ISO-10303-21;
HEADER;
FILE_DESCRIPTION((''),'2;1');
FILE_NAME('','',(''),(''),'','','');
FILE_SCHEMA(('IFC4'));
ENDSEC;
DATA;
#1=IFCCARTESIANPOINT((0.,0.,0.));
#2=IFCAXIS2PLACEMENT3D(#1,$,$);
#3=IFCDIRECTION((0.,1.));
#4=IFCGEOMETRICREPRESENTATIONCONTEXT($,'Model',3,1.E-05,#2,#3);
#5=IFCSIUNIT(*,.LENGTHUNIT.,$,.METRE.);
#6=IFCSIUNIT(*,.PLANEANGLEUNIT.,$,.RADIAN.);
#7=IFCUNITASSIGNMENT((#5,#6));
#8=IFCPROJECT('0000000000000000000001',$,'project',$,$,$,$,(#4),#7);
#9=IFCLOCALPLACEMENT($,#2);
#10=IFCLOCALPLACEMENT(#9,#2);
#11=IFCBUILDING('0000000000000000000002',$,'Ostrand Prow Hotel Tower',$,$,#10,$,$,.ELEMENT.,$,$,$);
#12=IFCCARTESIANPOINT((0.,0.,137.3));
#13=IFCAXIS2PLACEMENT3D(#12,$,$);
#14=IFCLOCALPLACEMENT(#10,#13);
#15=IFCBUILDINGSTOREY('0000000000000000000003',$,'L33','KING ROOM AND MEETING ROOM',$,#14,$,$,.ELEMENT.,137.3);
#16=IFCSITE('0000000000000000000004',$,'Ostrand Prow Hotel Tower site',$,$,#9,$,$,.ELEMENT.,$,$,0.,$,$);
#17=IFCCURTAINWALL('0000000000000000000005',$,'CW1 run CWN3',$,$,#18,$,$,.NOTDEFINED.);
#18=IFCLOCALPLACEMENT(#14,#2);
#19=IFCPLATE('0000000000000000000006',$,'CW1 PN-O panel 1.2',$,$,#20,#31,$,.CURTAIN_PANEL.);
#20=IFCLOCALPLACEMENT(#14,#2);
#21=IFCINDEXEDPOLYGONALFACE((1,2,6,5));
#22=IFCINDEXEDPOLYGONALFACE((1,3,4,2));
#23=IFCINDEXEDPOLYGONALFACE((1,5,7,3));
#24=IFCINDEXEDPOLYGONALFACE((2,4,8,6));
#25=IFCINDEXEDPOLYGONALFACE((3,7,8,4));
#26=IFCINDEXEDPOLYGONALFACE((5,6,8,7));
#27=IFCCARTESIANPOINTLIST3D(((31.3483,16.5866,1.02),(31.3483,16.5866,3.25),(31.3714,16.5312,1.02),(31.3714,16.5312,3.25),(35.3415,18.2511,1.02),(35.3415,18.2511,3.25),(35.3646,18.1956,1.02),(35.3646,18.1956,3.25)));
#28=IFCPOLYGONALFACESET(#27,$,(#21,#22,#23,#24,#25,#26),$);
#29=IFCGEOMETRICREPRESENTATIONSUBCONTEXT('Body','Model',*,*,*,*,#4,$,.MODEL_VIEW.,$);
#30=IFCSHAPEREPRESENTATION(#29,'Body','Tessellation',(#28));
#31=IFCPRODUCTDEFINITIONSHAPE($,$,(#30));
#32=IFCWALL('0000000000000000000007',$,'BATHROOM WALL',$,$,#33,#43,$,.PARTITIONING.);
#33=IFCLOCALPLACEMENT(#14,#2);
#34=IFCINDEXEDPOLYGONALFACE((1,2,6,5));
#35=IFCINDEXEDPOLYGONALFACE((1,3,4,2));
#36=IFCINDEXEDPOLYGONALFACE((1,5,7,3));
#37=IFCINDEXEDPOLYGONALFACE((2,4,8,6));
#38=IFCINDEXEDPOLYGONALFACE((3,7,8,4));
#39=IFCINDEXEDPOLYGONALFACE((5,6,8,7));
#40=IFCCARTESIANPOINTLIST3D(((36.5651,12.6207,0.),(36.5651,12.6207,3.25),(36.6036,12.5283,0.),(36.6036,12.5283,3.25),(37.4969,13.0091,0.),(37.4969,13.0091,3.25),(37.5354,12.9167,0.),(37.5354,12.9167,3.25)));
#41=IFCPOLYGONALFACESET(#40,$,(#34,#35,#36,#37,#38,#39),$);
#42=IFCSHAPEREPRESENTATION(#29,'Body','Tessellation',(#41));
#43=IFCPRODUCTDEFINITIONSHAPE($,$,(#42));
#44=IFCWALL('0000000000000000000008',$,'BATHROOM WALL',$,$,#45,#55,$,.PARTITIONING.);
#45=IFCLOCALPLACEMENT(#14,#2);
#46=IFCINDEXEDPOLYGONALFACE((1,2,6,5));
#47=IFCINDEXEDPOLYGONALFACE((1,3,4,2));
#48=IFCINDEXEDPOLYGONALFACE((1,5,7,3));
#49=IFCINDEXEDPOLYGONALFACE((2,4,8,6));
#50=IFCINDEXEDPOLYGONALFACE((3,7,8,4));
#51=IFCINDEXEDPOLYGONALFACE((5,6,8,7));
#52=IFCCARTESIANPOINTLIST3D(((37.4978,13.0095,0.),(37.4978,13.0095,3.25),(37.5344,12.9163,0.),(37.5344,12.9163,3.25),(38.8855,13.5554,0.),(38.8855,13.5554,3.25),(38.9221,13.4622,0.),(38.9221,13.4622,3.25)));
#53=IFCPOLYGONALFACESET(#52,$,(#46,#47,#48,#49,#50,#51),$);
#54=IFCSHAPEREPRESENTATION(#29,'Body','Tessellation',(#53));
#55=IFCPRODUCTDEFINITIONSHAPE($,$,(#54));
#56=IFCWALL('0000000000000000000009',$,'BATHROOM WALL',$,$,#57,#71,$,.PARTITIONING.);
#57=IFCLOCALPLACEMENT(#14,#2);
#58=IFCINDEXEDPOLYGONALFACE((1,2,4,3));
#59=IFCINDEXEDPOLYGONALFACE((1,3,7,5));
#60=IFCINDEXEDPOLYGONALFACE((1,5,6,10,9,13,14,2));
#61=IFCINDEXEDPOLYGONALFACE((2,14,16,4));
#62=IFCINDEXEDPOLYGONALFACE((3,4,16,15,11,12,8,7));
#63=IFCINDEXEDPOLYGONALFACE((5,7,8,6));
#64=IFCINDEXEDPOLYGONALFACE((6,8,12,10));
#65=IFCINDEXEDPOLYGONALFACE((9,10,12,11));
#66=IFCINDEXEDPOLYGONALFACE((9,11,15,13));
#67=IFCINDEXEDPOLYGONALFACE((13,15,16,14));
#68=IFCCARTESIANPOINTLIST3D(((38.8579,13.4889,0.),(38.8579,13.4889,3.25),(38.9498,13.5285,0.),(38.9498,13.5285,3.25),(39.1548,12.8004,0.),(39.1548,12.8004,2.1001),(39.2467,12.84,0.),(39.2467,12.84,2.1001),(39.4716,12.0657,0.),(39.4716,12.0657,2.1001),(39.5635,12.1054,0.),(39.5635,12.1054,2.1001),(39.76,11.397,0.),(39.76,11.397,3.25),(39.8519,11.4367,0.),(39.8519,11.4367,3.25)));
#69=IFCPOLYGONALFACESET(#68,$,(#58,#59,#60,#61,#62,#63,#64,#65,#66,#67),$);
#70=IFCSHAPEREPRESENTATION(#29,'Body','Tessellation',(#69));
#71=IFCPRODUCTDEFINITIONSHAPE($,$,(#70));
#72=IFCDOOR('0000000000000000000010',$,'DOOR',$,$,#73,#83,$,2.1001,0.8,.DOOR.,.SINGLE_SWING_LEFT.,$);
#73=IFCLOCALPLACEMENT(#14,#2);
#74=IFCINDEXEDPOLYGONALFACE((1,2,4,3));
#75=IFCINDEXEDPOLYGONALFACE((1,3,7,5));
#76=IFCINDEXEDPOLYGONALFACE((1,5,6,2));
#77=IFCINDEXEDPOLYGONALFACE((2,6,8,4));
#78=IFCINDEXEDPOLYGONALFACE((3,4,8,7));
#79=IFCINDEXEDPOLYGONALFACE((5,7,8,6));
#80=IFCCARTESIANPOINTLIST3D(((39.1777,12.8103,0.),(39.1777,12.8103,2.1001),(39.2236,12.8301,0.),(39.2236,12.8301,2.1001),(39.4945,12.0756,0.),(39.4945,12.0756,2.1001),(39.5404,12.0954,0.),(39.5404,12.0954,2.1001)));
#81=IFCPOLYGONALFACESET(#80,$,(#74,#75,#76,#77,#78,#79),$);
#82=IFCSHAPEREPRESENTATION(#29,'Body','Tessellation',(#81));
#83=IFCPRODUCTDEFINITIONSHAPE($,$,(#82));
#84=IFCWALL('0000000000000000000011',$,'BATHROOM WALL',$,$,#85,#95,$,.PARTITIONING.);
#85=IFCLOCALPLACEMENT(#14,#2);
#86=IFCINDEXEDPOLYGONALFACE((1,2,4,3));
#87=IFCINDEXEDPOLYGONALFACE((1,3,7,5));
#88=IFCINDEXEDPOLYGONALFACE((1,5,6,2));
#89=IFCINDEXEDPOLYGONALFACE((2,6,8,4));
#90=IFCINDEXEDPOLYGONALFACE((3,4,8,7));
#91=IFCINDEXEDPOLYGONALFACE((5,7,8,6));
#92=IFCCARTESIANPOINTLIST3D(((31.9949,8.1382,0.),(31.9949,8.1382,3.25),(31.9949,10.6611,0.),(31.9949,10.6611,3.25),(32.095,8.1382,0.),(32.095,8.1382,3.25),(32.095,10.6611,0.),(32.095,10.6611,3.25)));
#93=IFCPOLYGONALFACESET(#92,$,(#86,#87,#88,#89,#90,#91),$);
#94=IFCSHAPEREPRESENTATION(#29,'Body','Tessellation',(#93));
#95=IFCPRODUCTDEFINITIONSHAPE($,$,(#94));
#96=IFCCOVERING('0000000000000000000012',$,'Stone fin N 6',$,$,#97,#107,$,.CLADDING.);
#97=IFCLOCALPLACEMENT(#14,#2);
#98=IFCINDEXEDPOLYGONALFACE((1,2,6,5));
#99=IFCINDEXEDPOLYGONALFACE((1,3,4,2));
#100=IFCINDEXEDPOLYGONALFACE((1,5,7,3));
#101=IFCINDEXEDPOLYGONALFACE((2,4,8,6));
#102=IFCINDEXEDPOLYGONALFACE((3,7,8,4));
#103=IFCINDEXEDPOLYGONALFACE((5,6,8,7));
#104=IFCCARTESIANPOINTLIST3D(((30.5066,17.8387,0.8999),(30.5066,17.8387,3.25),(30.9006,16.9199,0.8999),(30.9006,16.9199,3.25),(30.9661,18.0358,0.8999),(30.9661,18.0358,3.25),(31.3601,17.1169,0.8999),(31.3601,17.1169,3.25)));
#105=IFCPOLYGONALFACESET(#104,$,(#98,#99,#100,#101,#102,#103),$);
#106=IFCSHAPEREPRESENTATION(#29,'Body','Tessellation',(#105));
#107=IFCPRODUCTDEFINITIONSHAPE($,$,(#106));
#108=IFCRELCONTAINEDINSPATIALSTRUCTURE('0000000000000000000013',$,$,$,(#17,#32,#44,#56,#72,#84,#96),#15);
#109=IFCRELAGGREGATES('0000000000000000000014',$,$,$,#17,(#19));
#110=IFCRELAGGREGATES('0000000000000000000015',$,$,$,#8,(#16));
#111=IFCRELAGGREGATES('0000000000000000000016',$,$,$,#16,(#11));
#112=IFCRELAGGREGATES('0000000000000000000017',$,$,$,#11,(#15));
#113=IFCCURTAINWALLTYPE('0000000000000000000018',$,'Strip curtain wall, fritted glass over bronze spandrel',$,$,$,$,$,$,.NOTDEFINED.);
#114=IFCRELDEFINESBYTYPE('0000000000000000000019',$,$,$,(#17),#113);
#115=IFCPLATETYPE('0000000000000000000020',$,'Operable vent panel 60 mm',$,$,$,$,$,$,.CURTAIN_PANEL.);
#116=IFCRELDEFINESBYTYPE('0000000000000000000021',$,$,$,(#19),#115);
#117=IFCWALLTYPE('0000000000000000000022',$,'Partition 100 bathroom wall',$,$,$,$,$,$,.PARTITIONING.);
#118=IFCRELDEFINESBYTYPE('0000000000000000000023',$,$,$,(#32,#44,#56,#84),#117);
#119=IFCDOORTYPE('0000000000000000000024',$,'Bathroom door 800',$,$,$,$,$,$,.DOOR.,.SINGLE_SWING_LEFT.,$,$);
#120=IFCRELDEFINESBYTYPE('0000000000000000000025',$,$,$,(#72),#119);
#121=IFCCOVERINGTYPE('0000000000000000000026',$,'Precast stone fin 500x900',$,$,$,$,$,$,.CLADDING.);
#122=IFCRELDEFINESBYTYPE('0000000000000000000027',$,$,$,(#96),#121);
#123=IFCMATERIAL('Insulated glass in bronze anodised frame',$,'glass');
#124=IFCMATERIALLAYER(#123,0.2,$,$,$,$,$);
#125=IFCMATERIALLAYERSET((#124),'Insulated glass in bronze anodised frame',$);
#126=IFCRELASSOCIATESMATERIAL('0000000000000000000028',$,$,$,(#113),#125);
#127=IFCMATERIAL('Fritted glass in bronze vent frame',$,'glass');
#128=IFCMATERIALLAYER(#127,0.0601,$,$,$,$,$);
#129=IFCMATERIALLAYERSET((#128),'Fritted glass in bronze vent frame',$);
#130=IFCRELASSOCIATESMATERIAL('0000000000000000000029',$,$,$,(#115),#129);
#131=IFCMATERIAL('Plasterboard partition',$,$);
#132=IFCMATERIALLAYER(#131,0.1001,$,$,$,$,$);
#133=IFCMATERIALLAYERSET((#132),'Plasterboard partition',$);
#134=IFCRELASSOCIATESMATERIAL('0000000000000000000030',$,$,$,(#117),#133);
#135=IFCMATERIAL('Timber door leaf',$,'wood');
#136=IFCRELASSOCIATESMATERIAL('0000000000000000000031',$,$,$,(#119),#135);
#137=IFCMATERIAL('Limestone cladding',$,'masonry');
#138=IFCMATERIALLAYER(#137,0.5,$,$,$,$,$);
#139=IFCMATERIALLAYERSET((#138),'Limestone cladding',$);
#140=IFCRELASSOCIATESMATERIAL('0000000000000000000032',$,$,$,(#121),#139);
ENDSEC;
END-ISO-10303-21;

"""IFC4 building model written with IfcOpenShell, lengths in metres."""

from ifc_helpers import new_model, si_unit, direction, frame, frame_2d, origin, origin_2d, place, context, subcontext, project, spatial, rectangle, extrude, material, layer, layer_set, type_object, element, fill, aggregate, save


model = new_model("IFC4")

# Units and contexts
model_context = context("Model", 3, precision=1e-05, world=origin(), true_north=direction((0.0, 1.0)))
body_context = subcontext(model_context, "Body", "Model", "MODEL_VIEW")
ifc_project = project(units=[si_unit("LENGTHUNIT", "METRE"), si_unit("PLANEANGLEUNIT", "RADIAN")], contexts=[model_context])

# Site, building, storey
site_placement = place(None, origin())
site = spatial("IfcSite", under=ifc_project, at=site_placement, Name="Ostrand Prow Hotel Tower site", CompositionType="ELEMENT", RefElevation=0.0)
building_placement = place(site_placement, origin())
building = spatial("IfcBuilding", under=site, at=building_placement, Name="Ostrand Prow Hotel Tower", CompositionType="ELEMENT")
storey_placement = place(building_placement, frame((0.0, 0.0, 137.3)))
storey = spatial("IfcBuildingStorey", under=building, at=storey_placement, Name="L33", Description="KING ROOM AND MEETING ROOM", CompositionType="ELEMENT", Elevation=137.3)

# Shared definitions
ifc_material_1 = material(Name="Insulated glass in bronze anodised frame", Category="glass")
ifc_layer_1 = layer(ifc_material_1, 0.2)
ifc_layer_set_1 = layer_set([ifc_layer_1], Name="Insulated glass in bronze anodised frame")
curtain_wall_type = type_object("IfcCurtainWallType", Name="Strip curtain wall, fritted glass over bronze spandrel", PredefinedType="NOTDEFINED", material=ifc_layer_set_1)

# Curtain wall
curtain_wall_1_placement = place(storey_placement, origin())
curtain_wall_1 = element("IfcCurtainWall", 1, at=curtain_wall_1_placement, inside=storey, type_object=curtain_wall_type, Name="CW1 run CWN3", PredefinedType="NOTDEFINED")

# Plate
ifc_material_2 = material(Name="Fritted glass in bronze vent frame", Category="glass")
ifc_layer_2 = layer(ifc_material_2, 0.0601)
ifc_layer_set_2 = layer_set([ifc_layer_2], Name="Fritted glass in bronze vent frame")
plate_type_1 = type_object("IfcPlateType", Name="Operable vent panel 60 mm", PredefinedType="CURTAIN_PANEL", material=ifc_layer_set_2)
plate_1_placement = place(storey_placement, frame((33.3564, 17.3911, 1.02), z_axis=(0.0, 0.0, 1.0), x_axis=(-0.923024, -0.384743, 0.0)))
plate_1 = element("IfcPlate", 2, at=plate_1_placement, type_object=plate_type_1, Name="CW1 PN-O panel 1.2", PredefinedType="CURTAIN_PANEL", context=body_context, shape_type="SweptSolid", body=[
    extrude(rectangle(XDim=4.3262, YDim=0.0601, at=origin_2d()), origin(), (0.0, 0.0, 1.0), 2.23),
])
aggregate(curtain_wall_1, [plate_1])

# Walls
ifc_material_3 = material(Name="Plasterboard partition")
ifc_layer_3 = layer(ifc_material_3, 0.1001)
ifc_layer_set_3 = layer_set([ifc_layer_3], Name="Plasterboard partition")
wall_type = type_object("IfcWallType", Name="Partition 100 bathroom wall", PredefinedType="PARTITIONING", material=ifc_layer_set_3)
wall_1_placement = place(storey_placement, frame((36.5842, 12.5745, 0.0), z_axis=(0.0, 0.0, 1.0), x_axis=(0.923027, 0.384736, 0.0)))
element("IfcWall", 3, at=wall_1_placement, inside=storey, type_object=wall_type, Name="BATHROOM WALL", PredefinedType="PARTITIONING", context=body_context, shape_type="SweptSolid", body=[
    extrude(rectangle(XDim=1.0095, YDim=0.1001, at=frame_2d((0.5049, 0.0))), origin(), (0.0, 0.0, 1.0), 3.25),
])
wall_2_placement = place(storey_placement, frame((37.5161, 12.9629, 0.0), z_axis=(0.0, 0.0, 1.0), x_axis=(0.930584, 0.366078, 0.0)))
element("IfcWall", 4, at=wall_2_placement, inside=storey, type_object=wall_type, Name="BATHROOM WALL", PredefinedType="PARTITIONING", context=body_context, shape_type="SweptSolid", body=[
    extrude(rectangle(XDim=1.4912, YDim=0.1001, at=frame_2d((0.7456, 0.0))), origin(), (0.0, 0.0, 1.0), 3.25),
])

# Wall, opening, door
wall_3_placement = place(storey_placement, frame((38.9038, 13.5088, 0.0), z_axis=(0.0, 0.0, 1.0), x_axis=(0.396001, -0.91825, 0.0)))
wall_3 = element("IfcWall", 5, at=wall_3_placement, inside=storey, type_object=wall_type, Name="BATHROOM WALL", PredefinedType="PARTITIONING", context=body_context, shape_type="SweptSolid", body=[
    extrude(rectangle(XDim=2.2781, YDim=0.1001, at=frame_2d((1.1392, 0.0))), origin(), (0.0, 0.0, 1.0), 3.25),
])
opening_placement = place(wall_3_placement, frame((0.75, 0.0, 0.0)))
opening = element("IfcOpeningElement", 6, at=opening_placement, cuts=wall_3, PredefinedType="OPENING", context=body_context, shape_type="SweptSolid", body=[
    extrude(rectangle(XDim=0.8, YDim=2.1001, at=frame_2d((0.3999, 1.05))), frame((0.0, 0.0601, 0.0), z_axis=(0.0, -1.0, 0.0), x_axis=(1.0, 0.0, 0.0)), (0.0, 0.0, 1.0), 0.1201),
])
ifc_material_4 = material(Name="Timber door leaf", Category="wood")
door_type = type_object("IfcDoorType", Name="Bathroom door 800", OperationType="SINGLE_SWING_LEFT", PredefinedType="DOOR", material=ifc_material_4)
door_placement = place(opening_placement, origin())
door = element("IfcDoor", 7, at=door_placement, inside=storey, type_object=door_type, Name="DOOR", OperationType="SINGLE_SWING_LEFT", OverallHeight=2.1001, OverallWidth=0.8, PredefinedType="DOOR", context=body_context, shape_type="SweptSolid", body=[
    extrude(rectangle(XDim=0.8, YDim=2.1001, at=frame_2d((0.3999, 1.05))), frame((0.0, 0.0249, 0.0), z_axis=(0.0, -1.0, 0.0), x_axis=(1.0, 0.0, 0.0)), (0.0, 0.0, 1.0), 0.05),
])
fill(opening, door)

# Wall
wall_4_placement = place(storey_placement, frame((32.0449, 10.6611, 0.0), z_axis=(0.0, 0.0, 1.0), x_axis=(0.0, -1.0, 0.0)))
element("IfcWall", 8, at=wall_4_placement, inside=storey, type_object=wall_type, Name="BATHROOM WALL", PredefinedType="PARTITIONING", context=body_context, shape_type="SweptSolid", body=[
    extrude(rectangle(XDim=2.5229, YDim=0.1001, at=frame_2d((1.2615, 0.0))), origin(), (0.0, 0.0, 1.0), 3.25),
])

# Covering
ifc_material_5 = material(Name="Limestone cladding", Category="masonry")
ifc_layer_4 = layer(ifc_material_5, 0.5)
ifc_layer_set_4 = layer_set([ifc_layer_4], Name="Limestone cladding")
covering_type = type_object("IfcCoveringType", Name="Precast stone fin 500x900", PredefinedType="CLADDING", material=ifc_layer_set_4)
covering_placement = place(storey_placement, frame((31.1304, 17.0183, 0.8999), z_axis=(0.0, 0.0, 1.0), x_axis=(-0.394096, 0.919069, 0.0)))
element("IfcCovering", 9, at=covering_placement, inside=storey, type_object=covering_type, Name="Stone fin N 6", PredefinedType="CLADDING", context=body_context, shape_type="SweptSolid", body=[
    extrude(rectangle(XDim=0.9998, YDim=0.5, at=frame_2d((0.5, 0.0))), origin(), (0.0, 0.0, 1.0), 2.3501),
])

save(model, "model.ifc")
